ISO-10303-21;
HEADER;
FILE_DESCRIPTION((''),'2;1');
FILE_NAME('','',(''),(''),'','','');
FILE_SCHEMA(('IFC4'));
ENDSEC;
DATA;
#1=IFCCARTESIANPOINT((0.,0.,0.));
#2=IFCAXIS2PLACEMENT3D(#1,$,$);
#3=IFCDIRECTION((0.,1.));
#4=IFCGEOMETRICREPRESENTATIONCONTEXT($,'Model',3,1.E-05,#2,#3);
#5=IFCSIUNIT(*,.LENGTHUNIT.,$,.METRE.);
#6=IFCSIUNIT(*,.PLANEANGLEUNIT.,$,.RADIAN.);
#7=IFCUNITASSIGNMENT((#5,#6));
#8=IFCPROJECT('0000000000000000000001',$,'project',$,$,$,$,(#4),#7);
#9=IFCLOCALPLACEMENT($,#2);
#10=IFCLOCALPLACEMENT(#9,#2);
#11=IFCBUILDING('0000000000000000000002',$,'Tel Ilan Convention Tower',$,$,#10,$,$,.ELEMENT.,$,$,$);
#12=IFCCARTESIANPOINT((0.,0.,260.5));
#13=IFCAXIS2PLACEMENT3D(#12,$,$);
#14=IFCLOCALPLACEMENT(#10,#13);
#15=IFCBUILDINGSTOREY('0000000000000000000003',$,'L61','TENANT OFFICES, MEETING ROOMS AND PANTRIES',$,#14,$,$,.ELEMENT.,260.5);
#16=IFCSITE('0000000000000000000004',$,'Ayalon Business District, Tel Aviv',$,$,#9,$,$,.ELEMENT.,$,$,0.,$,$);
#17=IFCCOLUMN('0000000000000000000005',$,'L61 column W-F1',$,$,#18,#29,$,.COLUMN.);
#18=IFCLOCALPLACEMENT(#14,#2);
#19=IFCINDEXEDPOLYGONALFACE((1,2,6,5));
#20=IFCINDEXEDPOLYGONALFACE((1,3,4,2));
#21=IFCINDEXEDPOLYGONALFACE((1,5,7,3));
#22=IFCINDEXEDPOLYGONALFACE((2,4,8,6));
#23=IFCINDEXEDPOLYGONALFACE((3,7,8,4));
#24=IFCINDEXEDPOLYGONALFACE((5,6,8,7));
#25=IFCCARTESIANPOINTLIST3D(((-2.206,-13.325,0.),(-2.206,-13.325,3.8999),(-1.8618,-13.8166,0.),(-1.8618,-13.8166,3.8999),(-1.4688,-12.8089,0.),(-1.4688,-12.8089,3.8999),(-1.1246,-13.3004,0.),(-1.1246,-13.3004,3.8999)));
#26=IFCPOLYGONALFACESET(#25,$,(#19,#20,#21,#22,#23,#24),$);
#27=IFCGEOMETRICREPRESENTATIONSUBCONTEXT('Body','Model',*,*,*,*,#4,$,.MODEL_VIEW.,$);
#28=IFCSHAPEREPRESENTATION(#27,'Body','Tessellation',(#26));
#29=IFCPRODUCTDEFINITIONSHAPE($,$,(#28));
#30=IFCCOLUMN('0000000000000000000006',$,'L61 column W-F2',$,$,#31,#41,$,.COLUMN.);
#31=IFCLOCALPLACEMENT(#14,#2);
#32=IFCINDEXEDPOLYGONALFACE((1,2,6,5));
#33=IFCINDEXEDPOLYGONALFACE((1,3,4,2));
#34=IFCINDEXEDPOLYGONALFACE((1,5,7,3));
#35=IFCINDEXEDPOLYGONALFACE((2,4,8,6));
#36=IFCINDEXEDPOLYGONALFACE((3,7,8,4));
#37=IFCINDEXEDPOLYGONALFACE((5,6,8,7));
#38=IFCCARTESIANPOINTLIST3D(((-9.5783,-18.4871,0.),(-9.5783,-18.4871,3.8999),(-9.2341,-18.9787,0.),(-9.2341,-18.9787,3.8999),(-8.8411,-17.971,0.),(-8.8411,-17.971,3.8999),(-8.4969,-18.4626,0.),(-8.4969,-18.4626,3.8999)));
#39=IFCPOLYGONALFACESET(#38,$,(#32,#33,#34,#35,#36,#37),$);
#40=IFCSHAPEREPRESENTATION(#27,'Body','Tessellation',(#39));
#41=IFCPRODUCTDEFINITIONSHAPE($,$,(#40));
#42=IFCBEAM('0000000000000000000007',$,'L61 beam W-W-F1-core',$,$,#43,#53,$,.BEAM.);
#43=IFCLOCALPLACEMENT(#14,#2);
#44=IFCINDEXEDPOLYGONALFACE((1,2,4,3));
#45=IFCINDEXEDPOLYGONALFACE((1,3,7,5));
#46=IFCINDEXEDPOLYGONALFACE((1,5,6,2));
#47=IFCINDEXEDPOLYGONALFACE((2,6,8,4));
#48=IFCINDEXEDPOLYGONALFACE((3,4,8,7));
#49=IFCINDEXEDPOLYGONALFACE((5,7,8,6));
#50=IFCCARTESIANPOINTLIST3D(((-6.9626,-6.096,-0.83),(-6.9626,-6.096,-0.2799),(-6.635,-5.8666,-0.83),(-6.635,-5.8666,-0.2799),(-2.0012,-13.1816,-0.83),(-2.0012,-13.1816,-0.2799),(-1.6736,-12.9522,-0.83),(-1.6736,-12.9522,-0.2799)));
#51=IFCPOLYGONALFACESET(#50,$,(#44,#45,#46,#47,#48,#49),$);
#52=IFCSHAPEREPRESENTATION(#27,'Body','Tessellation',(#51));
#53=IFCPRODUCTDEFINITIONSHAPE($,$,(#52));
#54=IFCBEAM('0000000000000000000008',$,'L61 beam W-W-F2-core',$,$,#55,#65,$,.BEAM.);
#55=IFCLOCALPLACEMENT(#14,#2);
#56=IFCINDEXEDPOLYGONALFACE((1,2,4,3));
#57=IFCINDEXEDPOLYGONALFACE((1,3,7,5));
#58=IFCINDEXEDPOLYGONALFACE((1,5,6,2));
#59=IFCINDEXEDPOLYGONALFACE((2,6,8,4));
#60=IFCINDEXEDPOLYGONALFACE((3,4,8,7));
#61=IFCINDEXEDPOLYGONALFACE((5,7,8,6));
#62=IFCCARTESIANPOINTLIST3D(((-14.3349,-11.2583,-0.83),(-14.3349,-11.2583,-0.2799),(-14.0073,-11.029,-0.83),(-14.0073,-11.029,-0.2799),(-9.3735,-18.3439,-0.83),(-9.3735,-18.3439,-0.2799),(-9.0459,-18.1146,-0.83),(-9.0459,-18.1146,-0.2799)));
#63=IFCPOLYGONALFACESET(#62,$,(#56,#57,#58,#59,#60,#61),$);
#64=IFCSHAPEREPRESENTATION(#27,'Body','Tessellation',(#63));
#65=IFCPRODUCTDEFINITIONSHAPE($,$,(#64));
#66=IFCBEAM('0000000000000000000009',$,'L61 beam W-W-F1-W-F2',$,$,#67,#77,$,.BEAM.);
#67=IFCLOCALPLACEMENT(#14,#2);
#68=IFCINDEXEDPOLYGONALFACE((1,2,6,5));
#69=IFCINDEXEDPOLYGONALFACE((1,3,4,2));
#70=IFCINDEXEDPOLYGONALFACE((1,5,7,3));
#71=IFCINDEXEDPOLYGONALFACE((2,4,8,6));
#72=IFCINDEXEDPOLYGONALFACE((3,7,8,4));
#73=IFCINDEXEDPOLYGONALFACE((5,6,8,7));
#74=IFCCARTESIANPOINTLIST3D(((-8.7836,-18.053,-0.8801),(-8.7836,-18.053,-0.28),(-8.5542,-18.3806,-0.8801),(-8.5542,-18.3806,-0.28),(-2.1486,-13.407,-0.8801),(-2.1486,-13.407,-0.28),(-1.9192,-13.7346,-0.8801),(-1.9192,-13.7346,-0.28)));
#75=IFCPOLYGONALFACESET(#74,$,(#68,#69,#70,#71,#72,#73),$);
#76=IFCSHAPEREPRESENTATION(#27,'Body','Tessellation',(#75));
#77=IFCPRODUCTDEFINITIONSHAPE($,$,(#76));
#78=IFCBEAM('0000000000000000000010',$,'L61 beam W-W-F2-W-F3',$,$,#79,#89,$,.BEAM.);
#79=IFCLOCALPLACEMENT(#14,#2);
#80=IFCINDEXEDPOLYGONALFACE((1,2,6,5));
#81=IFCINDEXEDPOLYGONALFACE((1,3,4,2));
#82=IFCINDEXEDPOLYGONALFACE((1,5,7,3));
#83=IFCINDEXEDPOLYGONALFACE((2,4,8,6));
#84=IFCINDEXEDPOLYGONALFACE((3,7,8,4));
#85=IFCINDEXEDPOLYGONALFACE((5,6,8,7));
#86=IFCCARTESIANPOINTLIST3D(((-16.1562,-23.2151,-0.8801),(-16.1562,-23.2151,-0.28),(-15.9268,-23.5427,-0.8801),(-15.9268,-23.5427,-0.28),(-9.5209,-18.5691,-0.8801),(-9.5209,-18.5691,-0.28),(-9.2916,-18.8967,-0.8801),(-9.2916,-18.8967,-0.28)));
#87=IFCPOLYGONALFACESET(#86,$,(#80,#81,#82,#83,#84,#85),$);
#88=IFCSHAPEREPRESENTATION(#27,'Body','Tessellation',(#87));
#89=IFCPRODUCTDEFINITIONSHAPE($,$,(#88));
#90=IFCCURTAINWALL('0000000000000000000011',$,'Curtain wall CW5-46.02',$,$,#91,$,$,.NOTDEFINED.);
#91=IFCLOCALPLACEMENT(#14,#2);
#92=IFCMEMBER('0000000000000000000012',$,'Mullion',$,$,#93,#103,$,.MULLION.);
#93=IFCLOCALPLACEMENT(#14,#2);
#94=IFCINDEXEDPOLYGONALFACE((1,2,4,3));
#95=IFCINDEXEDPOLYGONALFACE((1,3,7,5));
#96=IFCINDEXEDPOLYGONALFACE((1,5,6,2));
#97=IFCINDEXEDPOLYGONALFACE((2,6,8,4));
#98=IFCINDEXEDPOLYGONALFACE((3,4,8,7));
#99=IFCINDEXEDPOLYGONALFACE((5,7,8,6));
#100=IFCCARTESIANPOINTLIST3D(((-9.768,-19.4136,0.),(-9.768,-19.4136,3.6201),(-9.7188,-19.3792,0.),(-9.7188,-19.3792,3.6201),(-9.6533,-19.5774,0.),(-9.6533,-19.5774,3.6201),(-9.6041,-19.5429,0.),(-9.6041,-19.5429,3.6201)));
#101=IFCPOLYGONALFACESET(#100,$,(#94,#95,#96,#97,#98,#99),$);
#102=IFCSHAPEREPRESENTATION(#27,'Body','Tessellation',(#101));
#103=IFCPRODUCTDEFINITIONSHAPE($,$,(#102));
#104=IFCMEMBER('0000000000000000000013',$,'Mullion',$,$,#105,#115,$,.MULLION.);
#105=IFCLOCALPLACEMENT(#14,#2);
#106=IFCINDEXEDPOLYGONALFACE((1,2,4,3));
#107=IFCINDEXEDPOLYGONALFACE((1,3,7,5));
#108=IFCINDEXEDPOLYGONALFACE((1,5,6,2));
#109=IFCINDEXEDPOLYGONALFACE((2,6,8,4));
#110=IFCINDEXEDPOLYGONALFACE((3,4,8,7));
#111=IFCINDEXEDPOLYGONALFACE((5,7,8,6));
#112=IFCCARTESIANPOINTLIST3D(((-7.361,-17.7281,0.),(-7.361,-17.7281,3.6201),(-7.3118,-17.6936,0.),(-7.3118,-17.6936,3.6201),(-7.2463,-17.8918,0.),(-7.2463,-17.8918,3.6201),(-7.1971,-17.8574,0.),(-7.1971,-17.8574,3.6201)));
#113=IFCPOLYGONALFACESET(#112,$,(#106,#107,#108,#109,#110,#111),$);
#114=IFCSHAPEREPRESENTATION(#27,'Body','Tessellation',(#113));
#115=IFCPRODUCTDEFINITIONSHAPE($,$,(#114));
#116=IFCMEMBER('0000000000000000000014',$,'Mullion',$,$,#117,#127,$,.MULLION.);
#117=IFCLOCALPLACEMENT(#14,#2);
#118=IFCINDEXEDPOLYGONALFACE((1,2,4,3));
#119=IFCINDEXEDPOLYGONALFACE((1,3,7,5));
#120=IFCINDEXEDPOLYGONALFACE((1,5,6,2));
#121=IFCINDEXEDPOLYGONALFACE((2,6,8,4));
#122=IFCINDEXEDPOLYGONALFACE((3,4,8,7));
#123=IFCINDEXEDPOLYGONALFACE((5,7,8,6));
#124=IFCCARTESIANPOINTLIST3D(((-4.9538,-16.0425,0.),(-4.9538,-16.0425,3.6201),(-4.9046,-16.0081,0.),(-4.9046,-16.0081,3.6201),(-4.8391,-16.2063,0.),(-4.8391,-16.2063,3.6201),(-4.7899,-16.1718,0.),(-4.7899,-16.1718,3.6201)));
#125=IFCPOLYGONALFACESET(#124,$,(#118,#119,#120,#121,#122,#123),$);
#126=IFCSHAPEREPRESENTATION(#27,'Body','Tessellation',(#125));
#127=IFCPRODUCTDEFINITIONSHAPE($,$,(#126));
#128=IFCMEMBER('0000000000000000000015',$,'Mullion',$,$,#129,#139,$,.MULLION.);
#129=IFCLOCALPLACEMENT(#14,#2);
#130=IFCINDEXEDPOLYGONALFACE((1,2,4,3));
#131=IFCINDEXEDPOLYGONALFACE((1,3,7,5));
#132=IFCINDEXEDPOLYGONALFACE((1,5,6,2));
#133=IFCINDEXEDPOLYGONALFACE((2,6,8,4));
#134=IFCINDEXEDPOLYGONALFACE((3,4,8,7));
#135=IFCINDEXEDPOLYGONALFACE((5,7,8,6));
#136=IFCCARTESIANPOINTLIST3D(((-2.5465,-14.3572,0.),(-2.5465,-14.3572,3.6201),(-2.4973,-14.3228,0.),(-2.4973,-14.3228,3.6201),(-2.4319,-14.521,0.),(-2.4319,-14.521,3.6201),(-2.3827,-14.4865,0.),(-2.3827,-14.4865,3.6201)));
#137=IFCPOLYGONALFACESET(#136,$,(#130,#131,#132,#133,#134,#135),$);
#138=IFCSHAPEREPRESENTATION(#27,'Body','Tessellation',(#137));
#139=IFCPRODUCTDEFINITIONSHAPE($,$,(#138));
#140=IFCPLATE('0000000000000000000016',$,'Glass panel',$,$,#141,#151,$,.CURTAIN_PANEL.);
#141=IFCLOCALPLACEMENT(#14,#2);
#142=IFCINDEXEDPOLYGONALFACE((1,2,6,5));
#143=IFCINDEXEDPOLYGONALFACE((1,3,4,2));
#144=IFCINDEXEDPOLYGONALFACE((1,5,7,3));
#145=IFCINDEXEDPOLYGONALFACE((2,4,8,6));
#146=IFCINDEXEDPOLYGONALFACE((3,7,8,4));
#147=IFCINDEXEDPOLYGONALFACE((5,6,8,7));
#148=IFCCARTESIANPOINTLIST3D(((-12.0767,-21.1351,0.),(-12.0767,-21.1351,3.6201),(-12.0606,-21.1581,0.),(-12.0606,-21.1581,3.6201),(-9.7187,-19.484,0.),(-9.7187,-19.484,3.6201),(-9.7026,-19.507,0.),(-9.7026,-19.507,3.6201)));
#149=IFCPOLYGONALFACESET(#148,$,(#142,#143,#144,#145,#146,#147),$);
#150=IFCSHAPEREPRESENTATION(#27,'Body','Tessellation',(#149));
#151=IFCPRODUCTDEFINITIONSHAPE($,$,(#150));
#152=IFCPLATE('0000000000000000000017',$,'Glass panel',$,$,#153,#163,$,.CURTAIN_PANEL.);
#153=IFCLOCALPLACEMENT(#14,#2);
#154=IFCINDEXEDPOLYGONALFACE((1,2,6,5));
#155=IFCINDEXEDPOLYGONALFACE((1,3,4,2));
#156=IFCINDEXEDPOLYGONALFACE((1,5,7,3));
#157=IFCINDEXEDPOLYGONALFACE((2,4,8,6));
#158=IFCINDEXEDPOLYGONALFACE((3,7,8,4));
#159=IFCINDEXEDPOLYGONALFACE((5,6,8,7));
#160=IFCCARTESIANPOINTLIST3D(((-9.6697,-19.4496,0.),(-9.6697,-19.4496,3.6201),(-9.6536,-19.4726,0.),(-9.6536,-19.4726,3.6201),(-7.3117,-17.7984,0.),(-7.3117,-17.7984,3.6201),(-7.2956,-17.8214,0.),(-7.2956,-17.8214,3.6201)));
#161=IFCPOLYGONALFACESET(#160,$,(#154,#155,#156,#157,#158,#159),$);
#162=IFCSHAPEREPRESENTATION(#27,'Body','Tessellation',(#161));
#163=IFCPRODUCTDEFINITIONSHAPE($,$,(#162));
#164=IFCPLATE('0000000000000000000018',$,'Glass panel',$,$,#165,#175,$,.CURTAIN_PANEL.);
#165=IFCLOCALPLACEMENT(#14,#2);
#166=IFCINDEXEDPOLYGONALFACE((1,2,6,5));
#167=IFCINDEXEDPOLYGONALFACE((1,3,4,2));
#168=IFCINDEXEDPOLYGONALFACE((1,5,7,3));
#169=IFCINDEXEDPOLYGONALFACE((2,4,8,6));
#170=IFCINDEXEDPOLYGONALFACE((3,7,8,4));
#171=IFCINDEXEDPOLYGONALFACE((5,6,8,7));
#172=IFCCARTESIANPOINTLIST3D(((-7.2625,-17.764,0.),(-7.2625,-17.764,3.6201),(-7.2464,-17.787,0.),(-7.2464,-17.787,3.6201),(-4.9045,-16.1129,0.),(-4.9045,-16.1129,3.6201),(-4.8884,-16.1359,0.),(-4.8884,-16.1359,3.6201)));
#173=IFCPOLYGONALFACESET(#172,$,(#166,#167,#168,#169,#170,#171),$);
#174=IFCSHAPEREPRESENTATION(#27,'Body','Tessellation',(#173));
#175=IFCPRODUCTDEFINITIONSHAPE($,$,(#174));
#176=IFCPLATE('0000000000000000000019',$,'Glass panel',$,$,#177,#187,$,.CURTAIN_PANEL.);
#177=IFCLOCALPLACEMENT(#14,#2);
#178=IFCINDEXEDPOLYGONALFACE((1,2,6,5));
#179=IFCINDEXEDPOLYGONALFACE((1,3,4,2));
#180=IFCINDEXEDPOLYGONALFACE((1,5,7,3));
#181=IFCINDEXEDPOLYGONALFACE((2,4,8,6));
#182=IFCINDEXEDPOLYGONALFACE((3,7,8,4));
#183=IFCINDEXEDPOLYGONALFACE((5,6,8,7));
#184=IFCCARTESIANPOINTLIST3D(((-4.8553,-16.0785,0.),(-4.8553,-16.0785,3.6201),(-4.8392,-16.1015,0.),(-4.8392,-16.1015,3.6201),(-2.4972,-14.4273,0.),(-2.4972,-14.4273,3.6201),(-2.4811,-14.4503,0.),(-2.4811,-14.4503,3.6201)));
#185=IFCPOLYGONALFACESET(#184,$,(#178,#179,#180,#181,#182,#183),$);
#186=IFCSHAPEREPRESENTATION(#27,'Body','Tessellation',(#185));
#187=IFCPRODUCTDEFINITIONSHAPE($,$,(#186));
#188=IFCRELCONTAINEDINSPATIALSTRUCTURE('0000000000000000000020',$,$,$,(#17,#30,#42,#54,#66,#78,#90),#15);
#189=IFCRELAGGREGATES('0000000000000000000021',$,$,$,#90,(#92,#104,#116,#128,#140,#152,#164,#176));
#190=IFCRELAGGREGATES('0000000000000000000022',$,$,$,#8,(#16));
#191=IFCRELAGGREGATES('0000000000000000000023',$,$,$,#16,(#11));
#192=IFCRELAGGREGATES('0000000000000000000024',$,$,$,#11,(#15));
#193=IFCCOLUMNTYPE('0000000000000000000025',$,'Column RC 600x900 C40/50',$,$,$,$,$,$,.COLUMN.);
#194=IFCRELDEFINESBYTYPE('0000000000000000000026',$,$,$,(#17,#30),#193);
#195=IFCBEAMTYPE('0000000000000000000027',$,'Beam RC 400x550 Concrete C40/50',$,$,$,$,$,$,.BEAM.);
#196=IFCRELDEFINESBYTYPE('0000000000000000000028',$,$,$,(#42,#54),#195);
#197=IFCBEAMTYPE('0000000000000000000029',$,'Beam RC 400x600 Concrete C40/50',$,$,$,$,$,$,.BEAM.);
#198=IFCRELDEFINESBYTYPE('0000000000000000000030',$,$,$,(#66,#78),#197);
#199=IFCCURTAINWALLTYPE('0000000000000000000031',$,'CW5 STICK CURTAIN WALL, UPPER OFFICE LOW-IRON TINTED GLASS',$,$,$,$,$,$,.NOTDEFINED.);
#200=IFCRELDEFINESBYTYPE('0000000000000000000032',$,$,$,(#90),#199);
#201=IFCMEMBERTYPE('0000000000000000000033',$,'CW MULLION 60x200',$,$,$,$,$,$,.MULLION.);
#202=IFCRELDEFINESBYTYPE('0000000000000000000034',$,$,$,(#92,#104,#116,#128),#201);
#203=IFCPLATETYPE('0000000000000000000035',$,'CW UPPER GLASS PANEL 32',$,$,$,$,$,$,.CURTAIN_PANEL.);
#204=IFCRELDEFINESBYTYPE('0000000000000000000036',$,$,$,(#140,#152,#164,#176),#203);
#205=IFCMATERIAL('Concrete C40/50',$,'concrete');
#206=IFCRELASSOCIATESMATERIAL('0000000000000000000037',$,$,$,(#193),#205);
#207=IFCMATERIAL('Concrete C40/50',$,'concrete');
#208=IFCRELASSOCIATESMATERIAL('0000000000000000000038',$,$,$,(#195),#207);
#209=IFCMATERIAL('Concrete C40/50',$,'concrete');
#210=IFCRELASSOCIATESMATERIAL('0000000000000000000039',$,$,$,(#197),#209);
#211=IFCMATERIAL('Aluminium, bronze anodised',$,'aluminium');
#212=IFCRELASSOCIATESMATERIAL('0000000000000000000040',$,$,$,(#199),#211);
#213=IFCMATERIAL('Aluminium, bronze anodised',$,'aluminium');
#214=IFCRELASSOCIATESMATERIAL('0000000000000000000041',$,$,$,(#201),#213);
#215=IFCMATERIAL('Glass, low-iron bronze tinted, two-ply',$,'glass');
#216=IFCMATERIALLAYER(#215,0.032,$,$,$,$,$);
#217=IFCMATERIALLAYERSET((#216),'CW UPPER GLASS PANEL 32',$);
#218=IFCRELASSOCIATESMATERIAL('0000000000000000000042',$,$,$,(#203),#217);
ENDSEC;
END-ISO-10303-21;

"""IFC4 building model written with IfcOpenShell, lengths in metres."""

from ifc_helpers import new_model, si_unit, direction, frame, origin, origin_2d, place, context, subcontext, project, spatial, rectangle, extrude, material, layer, layer_set, material_profile, profile_set, type_object, element, aggregate, save


model = new_model("IFC4")

# Units and contexts
model_context = context("Model", 3, precision=1e-05, world=origin(), true_north=direction((0.0, 1.0)))
body_context = subcontext(model_context, "Body", "Model", "MODEL_VIEW")
ifc_project = project(units=[si_unit("LENGTHUNIT", "METRE"), si_unit("PLANEANGLEUNIT", "RADIAN")], contexts=[model_context])

# Site, building, storey
site_placement = place(None, origin())
site = spatial("IfcSite", under=ifc_project, at=site_placement, Name="Ayalon Business District, Tel Aviv", CompositionType="ELEMENT", RefElevation=0.0)
building_placement = place(site_placement, origin())
building = spatial("IfcBuilding", under=site, at=building_placement, Name="Tel Ilan Convention Tower", CompositionType="ELEMENT")
storey_placement = place(building_placement, frame((0.0, 0.0, 260.5)))
storey = spatial("IfcBuildingStorey", under=building, at=storey_placement, Name="L61", Description="TENANT OFFICES, MEETING ROOMS AND PANTRIES", CompositionType="ELEMENT", Elevation=260.5)

# Columns
ifc_material_1 = material(Name="Concrete C40/50", Category="concrete")
ifc_material_profile_1 = material_profile(ifc_material_1, rectangle(XDim=0.8999, YDim=0.6001, at=origin_2d()), Name="RC 600x900")
ifc_profile_set_1 = profile_set([ifc_material_profile_1], Name="Concrete C40/50")
column_type = type_object("IfcColumnType", Name="Column RC 600x900 C40/50", PredefinedType="COLUMN", material=ifc_profile_set_1)
for number, where, z_axis, x_axis, name in (
    (1, (-1.6653, -13.3127, 0.0), (0.0, 0.0, 1.0), (-0.819152, -0.573576, 0.0), "L61 column W-F1"),
    (2, (-9.0376, -18.4749, 0.0), (0.0, 0.0, 1.0), (-0.819152, -0.573576, 0.0), "L61 column W-F2"),
):
    element("IfcColumn", number, at=place(storey_placement, frame(where, z_axis=z_axis, x_axis=x_axis)), inside=storey, type_object=column_type, Name=name, PredefinedType="COLUMN", context=body_context, shape_type="SweptSolid", body=[
        extrude(rectangle(XDim=0.8999, YDim=0.6001, at=origin_2d()), origin(), (0.0, 0.0, 1.0), 3.8999),
    ])

# Beams
ifc_material_2 = material(Name="Concrete C40/50", Category="concrete")
ifc_material_profile_2 = material_profile(ifc_material_2, rectangle(XDim=0.3999, YDim=0.55, at=origin_2d()), Name="RC 400x550")
ifc_profile_set_2 = profile_set([ifc_material_profile_2], Name="Concrete C40/50")
beam_type_1 = type_object("IfcBeamType", Name="Beam RC 400x550 Concrete C40/50", PredefinedType="BEAM", material=ifc_profile_set_2)
for number, where, z_axis, x_axis, name in (
    (3, (-1.8374, -13.0669, -0.5549), (-0.573574, 0.819154, 0.0), (-0.819154, -0.573574, 0.0), "L61 beam W-W-F1-core"),
    (4, (-9.2097, -18.2292, -0.5549), (-0.573574, 0.819154, 0.0), (-0.819154, -0.573574, 0.0), "L61 beam W-W-F2-core"),
):
    element("IfcBeam", number, at=place(storey_placement, frame(where, z_axis=z_axis, x_axis=x_axis)), inside=storey, type_object=beam_type_1, Name=name, PredefinedType="BEAM", context=body_context, shape_type="SweptSolid", body=[
        extrude(rectangle(XDim=0.3999, YDim=0.55, at=origin_2d()), origin(), (0.0, 0.0, 1.0), 8.6499),
    ])
ifc_material_3 = material(Name="Concrete C40/50", Category="concrete")
ifc_material_profile_3 = material_profile(ifc_material_3, rectangle(XDim=0.3999, YDim=0.6001, at=origin_2d()), Name="RC 400x600")
ifc_profile_set_3 = profile_set([ifc_material_profile_3], Name="Concrete C40/50")
beam_type_2 = type_object("IfcBeamType", Name="Beam RC 400x600 Concrete C40/50", PredefinedType="BEAM", material=ifc_profile_set_3)
beam_1_placement = place(storey_placement, frame((-2.0339, -13.5708, -0.5801), z_axis=(-0.819146, -0.573586, 0.0), x_axis=(0.573586, -0.819146, 0.0)))
element("IfcBeam", 5, at=beam_1_placement, inside=storey, type_object=beam_type_2, Name="L61 beam W-W-F1-W-F2", PredefinedType="BEAM", context=body_context, shape_type="SweptSolid", body=[
    extrude(rectangle(XDim=0.3999, YDim=0.6001, at=origin_2d()), origin(), (0.0, 0.0, 1.0), 8.0999),
])
beam_2_placement = place(storey_placement, frame((-9.4062, -18.7329, -0.5801), z_axis=(-0.819155, -0.573572, 0.0), x_axis=(0.573572, -0.819155, 0.0)))
element("IfcBeam", 6, at=beam_2_placement, inside=storey, type_object=beam_type_2, Name="L61 beam W-W-F2-W-F3", PredefinedType="BEAM", context=body_context, shape_type="SweptSolid", body=[
    extrude(rectangle(XDim=0.3999, YDim=0.6001, at=origin_2d()), origin(), (0.0, 0.0, 1.0), 8.1001),
])

# Curtain wall, members, plates
ifc_material_4 = material(Name="Aluminium, bronze anodised", Category="aluminium")
curtain_wall_type = type_object("IfcCurtainWallType", Name="CW5 STICK CURTAIN WALL, UPPER OFFICE LOW-IRON TINTED GLASS", PredefinedType="NOTDEFINED", material=ifc_material_4)
curtain_wall_placement = place(storey_placement, origin())
curtain_wall = element("IfcCurtainWall", 7, at=curtain_wall_placement, inside=storey, type_object=curtain_wall_type, Name="Curtain wall CW5-46.02", PredefinedType="NOTDEFINED")
ifc_material_5 = material(Name="Aluminium, bronze anodised", Category="aluminium")
ifc_material_profile_4 = material_profile(ifc_material_5, rectangle(XDim=0.0601, YDim=0.2, at=origin_2d()), Name="CW MULLION 60x200")
ifc_profile_set_4 = profile_set([ifc_material_profile_4], Name="Aluminium, bronze anodised")
member_type = type_object("IfcMemberType", Name="CW MULLION 60x200", PredefinedType="MULLION", material=ifc_profile_set_4)
member_1_placement = place(storey_placement, frame((-9.686, -19.4783, 0.0), z_axis=(0.0, 0.0, 1.0), x_axis=(0.819152, 0.573576, 0.0)))
member_1 = element("IfcMember", 8, at=member_1_placement, type_object=member_type, Name="Mullion", PredefinedType="MULLION", context=body_context, shape_type="SweptSolid", body=[
    extrude(rectangle(XDim=0.0601, YDim=0.2, at=origin_2d()), origin(), (0.0, 0.0, 1.0), 3.6201),
])
member_2_placement = place(storey_placement, frame((-7.2791, -17.7927, 0.0), z_axis=(0.0, 0.0, 1.0), x_axis=(0.819152, 0.573576, 0.0)))
member_2 = element("IfcMember", 9, at=member_2_placement, type_object=member_type, Name="Mullion", PredefinedType="MULLION", context=body_context, shape_type="SweptSolid", body=[
    extrude(rectangle(XDim=0.0601, YDim=0.2, at=origin_2d()), origin(), (0.0, 0.0, 1.0), 3.6201),
])
member_3_placement = place(storey_placement, frame((-4.8718, -16.1072, 0.0), z_axis=(0.0, 0.0, 1.0), x_axis=(0.819152, 0.573576, 0.0)))
member_3 = element("IfcMember", 10, at=member_3_placement, type_object=member_type, Name="Mullion", PredefinedType="MULLION", context=body_context, shape_type="SweptSolid", body=[
    extrude(rectangle(XDim=0.0601, YDim=0.2, at=origin_2d()), origin(), (0.0, 0.0, 1.0), 3.6201),
])
member_4_placement = place(storey_placement, frame((-2.4646, -14.4219, 0.0), z_axis=(0.0, 0.0, 1.0), x_axis=(0.819152, 0.573576, 0.0)))
member_4 = element("IfcMember", 11, at=member_4_placement, type_object=member_type, Name="Mullion", PredefinedType="MULLION", context=body_context, shape_type="SweptSolid", body=[
    extrude(rectangle(XDim=0.0601, YDim=0.2, at=origin_2d()), origin(), (0.0, 0.0, 1.0), 3.6201),
])
ifc_material_6 = material(Name="Glass, low-iron bronze tinted, two-ply", Category="glass")
ifc_layer_1 = layer(ifc_material_6, 0.032)
ifc_layer_set_1 = layer_set([ifc_layer_1], Name="CW UPPER GLASS PANEL 32")
plate_type = type_object("IfcPlateType", Name="CW UPPER GLASS PANEL 32", PredefinedType="CURTAIN_PANEL", material=ifc_layer_set_1)
plate_1_placement = place(storey_placement, frame((-10.8896, -20.321, 0.0), z_axis=(0.0, 0.0, 1.0), x_axis=(0.819152, 0.573576, 0.0)))
plate_1 = element("IfcPlate", 12, at=plate_1_placement, type_object=plate_type, Name="Glass panel", PredefinedType="CURTAIN_PANEL", context=body_context, shape_type="SweptSolid", body=[
    extrude(rectangle(XDim=2.8787, YDim=0.0281, at=origin_2d()), origin(), (0.0, 0.0, 1.0), 3.6201),
])
plate_2_placement = place(storey_placement, frame((-8.4827, -18.6355, 0.0), z_axis=(0.0, 0.0, 1.0), x_axis=(0.819152, 0.573576, 0.0)))
plate_2 = element("IfcPlate", 13, at=plate_2_placement, type_object=plate_type, Name="Glass panel", PredefinedType="CURTAIN_PANEL", context=body_context, shape_type="SweptSolid", body=[
    extrude(rectangle(XDim=2.8787, YDim=0.0281, at=origin_2d()), origin(), (0.0, 0.0, 1.0), 3.6201),
])
plate_3_placement = place(storey_placement, frame((-6.0754, -16.95, 0.0), z_axis=(0.0, 0.0, 1.0), x_axis=(0.819152, 0.573576, 0.0)))
plate_3 = element("IfcPlate", 14, at=plate_3_placement, type_object=plate_type, Name="Glass panel", PredefinedType="CURTAIN_PANEL", context=body_context, shape_type="SweptSolid", body=[
    extrude(rectangle(XDim=2.8787, YDim=0.0281, at=origin_2d()), origin(), (0.0, 0.0, 1.0), 3.6201),
])
plate_4_placement = place(storey_placement, frame((-3.6682, -15.2644, 0.0), z_axis=(0.0, 0.0, 1.0), x_axis=(0.819152, 0.573576, 0.0)))
plate_4 = element("IfcPlate", 15, at=plate_4_placement, type_object=plate_type, Name="Glass panel", PredefinedType="CURTAIN_PANEL", context=body_context, shape_type="SweptSolid", body=[
    extrude(rectangle(XDim=2.8787, YDim=0.0281, at=origin_2d()), origin(), (0.0, 0.0, 1.0), 3.6201),
])
aggregate(curtain_wall, [member_1, member_2, member_3, member_4, plate_1, plate_2, plate_3, plate_4])

save(model, "model.ifc")
